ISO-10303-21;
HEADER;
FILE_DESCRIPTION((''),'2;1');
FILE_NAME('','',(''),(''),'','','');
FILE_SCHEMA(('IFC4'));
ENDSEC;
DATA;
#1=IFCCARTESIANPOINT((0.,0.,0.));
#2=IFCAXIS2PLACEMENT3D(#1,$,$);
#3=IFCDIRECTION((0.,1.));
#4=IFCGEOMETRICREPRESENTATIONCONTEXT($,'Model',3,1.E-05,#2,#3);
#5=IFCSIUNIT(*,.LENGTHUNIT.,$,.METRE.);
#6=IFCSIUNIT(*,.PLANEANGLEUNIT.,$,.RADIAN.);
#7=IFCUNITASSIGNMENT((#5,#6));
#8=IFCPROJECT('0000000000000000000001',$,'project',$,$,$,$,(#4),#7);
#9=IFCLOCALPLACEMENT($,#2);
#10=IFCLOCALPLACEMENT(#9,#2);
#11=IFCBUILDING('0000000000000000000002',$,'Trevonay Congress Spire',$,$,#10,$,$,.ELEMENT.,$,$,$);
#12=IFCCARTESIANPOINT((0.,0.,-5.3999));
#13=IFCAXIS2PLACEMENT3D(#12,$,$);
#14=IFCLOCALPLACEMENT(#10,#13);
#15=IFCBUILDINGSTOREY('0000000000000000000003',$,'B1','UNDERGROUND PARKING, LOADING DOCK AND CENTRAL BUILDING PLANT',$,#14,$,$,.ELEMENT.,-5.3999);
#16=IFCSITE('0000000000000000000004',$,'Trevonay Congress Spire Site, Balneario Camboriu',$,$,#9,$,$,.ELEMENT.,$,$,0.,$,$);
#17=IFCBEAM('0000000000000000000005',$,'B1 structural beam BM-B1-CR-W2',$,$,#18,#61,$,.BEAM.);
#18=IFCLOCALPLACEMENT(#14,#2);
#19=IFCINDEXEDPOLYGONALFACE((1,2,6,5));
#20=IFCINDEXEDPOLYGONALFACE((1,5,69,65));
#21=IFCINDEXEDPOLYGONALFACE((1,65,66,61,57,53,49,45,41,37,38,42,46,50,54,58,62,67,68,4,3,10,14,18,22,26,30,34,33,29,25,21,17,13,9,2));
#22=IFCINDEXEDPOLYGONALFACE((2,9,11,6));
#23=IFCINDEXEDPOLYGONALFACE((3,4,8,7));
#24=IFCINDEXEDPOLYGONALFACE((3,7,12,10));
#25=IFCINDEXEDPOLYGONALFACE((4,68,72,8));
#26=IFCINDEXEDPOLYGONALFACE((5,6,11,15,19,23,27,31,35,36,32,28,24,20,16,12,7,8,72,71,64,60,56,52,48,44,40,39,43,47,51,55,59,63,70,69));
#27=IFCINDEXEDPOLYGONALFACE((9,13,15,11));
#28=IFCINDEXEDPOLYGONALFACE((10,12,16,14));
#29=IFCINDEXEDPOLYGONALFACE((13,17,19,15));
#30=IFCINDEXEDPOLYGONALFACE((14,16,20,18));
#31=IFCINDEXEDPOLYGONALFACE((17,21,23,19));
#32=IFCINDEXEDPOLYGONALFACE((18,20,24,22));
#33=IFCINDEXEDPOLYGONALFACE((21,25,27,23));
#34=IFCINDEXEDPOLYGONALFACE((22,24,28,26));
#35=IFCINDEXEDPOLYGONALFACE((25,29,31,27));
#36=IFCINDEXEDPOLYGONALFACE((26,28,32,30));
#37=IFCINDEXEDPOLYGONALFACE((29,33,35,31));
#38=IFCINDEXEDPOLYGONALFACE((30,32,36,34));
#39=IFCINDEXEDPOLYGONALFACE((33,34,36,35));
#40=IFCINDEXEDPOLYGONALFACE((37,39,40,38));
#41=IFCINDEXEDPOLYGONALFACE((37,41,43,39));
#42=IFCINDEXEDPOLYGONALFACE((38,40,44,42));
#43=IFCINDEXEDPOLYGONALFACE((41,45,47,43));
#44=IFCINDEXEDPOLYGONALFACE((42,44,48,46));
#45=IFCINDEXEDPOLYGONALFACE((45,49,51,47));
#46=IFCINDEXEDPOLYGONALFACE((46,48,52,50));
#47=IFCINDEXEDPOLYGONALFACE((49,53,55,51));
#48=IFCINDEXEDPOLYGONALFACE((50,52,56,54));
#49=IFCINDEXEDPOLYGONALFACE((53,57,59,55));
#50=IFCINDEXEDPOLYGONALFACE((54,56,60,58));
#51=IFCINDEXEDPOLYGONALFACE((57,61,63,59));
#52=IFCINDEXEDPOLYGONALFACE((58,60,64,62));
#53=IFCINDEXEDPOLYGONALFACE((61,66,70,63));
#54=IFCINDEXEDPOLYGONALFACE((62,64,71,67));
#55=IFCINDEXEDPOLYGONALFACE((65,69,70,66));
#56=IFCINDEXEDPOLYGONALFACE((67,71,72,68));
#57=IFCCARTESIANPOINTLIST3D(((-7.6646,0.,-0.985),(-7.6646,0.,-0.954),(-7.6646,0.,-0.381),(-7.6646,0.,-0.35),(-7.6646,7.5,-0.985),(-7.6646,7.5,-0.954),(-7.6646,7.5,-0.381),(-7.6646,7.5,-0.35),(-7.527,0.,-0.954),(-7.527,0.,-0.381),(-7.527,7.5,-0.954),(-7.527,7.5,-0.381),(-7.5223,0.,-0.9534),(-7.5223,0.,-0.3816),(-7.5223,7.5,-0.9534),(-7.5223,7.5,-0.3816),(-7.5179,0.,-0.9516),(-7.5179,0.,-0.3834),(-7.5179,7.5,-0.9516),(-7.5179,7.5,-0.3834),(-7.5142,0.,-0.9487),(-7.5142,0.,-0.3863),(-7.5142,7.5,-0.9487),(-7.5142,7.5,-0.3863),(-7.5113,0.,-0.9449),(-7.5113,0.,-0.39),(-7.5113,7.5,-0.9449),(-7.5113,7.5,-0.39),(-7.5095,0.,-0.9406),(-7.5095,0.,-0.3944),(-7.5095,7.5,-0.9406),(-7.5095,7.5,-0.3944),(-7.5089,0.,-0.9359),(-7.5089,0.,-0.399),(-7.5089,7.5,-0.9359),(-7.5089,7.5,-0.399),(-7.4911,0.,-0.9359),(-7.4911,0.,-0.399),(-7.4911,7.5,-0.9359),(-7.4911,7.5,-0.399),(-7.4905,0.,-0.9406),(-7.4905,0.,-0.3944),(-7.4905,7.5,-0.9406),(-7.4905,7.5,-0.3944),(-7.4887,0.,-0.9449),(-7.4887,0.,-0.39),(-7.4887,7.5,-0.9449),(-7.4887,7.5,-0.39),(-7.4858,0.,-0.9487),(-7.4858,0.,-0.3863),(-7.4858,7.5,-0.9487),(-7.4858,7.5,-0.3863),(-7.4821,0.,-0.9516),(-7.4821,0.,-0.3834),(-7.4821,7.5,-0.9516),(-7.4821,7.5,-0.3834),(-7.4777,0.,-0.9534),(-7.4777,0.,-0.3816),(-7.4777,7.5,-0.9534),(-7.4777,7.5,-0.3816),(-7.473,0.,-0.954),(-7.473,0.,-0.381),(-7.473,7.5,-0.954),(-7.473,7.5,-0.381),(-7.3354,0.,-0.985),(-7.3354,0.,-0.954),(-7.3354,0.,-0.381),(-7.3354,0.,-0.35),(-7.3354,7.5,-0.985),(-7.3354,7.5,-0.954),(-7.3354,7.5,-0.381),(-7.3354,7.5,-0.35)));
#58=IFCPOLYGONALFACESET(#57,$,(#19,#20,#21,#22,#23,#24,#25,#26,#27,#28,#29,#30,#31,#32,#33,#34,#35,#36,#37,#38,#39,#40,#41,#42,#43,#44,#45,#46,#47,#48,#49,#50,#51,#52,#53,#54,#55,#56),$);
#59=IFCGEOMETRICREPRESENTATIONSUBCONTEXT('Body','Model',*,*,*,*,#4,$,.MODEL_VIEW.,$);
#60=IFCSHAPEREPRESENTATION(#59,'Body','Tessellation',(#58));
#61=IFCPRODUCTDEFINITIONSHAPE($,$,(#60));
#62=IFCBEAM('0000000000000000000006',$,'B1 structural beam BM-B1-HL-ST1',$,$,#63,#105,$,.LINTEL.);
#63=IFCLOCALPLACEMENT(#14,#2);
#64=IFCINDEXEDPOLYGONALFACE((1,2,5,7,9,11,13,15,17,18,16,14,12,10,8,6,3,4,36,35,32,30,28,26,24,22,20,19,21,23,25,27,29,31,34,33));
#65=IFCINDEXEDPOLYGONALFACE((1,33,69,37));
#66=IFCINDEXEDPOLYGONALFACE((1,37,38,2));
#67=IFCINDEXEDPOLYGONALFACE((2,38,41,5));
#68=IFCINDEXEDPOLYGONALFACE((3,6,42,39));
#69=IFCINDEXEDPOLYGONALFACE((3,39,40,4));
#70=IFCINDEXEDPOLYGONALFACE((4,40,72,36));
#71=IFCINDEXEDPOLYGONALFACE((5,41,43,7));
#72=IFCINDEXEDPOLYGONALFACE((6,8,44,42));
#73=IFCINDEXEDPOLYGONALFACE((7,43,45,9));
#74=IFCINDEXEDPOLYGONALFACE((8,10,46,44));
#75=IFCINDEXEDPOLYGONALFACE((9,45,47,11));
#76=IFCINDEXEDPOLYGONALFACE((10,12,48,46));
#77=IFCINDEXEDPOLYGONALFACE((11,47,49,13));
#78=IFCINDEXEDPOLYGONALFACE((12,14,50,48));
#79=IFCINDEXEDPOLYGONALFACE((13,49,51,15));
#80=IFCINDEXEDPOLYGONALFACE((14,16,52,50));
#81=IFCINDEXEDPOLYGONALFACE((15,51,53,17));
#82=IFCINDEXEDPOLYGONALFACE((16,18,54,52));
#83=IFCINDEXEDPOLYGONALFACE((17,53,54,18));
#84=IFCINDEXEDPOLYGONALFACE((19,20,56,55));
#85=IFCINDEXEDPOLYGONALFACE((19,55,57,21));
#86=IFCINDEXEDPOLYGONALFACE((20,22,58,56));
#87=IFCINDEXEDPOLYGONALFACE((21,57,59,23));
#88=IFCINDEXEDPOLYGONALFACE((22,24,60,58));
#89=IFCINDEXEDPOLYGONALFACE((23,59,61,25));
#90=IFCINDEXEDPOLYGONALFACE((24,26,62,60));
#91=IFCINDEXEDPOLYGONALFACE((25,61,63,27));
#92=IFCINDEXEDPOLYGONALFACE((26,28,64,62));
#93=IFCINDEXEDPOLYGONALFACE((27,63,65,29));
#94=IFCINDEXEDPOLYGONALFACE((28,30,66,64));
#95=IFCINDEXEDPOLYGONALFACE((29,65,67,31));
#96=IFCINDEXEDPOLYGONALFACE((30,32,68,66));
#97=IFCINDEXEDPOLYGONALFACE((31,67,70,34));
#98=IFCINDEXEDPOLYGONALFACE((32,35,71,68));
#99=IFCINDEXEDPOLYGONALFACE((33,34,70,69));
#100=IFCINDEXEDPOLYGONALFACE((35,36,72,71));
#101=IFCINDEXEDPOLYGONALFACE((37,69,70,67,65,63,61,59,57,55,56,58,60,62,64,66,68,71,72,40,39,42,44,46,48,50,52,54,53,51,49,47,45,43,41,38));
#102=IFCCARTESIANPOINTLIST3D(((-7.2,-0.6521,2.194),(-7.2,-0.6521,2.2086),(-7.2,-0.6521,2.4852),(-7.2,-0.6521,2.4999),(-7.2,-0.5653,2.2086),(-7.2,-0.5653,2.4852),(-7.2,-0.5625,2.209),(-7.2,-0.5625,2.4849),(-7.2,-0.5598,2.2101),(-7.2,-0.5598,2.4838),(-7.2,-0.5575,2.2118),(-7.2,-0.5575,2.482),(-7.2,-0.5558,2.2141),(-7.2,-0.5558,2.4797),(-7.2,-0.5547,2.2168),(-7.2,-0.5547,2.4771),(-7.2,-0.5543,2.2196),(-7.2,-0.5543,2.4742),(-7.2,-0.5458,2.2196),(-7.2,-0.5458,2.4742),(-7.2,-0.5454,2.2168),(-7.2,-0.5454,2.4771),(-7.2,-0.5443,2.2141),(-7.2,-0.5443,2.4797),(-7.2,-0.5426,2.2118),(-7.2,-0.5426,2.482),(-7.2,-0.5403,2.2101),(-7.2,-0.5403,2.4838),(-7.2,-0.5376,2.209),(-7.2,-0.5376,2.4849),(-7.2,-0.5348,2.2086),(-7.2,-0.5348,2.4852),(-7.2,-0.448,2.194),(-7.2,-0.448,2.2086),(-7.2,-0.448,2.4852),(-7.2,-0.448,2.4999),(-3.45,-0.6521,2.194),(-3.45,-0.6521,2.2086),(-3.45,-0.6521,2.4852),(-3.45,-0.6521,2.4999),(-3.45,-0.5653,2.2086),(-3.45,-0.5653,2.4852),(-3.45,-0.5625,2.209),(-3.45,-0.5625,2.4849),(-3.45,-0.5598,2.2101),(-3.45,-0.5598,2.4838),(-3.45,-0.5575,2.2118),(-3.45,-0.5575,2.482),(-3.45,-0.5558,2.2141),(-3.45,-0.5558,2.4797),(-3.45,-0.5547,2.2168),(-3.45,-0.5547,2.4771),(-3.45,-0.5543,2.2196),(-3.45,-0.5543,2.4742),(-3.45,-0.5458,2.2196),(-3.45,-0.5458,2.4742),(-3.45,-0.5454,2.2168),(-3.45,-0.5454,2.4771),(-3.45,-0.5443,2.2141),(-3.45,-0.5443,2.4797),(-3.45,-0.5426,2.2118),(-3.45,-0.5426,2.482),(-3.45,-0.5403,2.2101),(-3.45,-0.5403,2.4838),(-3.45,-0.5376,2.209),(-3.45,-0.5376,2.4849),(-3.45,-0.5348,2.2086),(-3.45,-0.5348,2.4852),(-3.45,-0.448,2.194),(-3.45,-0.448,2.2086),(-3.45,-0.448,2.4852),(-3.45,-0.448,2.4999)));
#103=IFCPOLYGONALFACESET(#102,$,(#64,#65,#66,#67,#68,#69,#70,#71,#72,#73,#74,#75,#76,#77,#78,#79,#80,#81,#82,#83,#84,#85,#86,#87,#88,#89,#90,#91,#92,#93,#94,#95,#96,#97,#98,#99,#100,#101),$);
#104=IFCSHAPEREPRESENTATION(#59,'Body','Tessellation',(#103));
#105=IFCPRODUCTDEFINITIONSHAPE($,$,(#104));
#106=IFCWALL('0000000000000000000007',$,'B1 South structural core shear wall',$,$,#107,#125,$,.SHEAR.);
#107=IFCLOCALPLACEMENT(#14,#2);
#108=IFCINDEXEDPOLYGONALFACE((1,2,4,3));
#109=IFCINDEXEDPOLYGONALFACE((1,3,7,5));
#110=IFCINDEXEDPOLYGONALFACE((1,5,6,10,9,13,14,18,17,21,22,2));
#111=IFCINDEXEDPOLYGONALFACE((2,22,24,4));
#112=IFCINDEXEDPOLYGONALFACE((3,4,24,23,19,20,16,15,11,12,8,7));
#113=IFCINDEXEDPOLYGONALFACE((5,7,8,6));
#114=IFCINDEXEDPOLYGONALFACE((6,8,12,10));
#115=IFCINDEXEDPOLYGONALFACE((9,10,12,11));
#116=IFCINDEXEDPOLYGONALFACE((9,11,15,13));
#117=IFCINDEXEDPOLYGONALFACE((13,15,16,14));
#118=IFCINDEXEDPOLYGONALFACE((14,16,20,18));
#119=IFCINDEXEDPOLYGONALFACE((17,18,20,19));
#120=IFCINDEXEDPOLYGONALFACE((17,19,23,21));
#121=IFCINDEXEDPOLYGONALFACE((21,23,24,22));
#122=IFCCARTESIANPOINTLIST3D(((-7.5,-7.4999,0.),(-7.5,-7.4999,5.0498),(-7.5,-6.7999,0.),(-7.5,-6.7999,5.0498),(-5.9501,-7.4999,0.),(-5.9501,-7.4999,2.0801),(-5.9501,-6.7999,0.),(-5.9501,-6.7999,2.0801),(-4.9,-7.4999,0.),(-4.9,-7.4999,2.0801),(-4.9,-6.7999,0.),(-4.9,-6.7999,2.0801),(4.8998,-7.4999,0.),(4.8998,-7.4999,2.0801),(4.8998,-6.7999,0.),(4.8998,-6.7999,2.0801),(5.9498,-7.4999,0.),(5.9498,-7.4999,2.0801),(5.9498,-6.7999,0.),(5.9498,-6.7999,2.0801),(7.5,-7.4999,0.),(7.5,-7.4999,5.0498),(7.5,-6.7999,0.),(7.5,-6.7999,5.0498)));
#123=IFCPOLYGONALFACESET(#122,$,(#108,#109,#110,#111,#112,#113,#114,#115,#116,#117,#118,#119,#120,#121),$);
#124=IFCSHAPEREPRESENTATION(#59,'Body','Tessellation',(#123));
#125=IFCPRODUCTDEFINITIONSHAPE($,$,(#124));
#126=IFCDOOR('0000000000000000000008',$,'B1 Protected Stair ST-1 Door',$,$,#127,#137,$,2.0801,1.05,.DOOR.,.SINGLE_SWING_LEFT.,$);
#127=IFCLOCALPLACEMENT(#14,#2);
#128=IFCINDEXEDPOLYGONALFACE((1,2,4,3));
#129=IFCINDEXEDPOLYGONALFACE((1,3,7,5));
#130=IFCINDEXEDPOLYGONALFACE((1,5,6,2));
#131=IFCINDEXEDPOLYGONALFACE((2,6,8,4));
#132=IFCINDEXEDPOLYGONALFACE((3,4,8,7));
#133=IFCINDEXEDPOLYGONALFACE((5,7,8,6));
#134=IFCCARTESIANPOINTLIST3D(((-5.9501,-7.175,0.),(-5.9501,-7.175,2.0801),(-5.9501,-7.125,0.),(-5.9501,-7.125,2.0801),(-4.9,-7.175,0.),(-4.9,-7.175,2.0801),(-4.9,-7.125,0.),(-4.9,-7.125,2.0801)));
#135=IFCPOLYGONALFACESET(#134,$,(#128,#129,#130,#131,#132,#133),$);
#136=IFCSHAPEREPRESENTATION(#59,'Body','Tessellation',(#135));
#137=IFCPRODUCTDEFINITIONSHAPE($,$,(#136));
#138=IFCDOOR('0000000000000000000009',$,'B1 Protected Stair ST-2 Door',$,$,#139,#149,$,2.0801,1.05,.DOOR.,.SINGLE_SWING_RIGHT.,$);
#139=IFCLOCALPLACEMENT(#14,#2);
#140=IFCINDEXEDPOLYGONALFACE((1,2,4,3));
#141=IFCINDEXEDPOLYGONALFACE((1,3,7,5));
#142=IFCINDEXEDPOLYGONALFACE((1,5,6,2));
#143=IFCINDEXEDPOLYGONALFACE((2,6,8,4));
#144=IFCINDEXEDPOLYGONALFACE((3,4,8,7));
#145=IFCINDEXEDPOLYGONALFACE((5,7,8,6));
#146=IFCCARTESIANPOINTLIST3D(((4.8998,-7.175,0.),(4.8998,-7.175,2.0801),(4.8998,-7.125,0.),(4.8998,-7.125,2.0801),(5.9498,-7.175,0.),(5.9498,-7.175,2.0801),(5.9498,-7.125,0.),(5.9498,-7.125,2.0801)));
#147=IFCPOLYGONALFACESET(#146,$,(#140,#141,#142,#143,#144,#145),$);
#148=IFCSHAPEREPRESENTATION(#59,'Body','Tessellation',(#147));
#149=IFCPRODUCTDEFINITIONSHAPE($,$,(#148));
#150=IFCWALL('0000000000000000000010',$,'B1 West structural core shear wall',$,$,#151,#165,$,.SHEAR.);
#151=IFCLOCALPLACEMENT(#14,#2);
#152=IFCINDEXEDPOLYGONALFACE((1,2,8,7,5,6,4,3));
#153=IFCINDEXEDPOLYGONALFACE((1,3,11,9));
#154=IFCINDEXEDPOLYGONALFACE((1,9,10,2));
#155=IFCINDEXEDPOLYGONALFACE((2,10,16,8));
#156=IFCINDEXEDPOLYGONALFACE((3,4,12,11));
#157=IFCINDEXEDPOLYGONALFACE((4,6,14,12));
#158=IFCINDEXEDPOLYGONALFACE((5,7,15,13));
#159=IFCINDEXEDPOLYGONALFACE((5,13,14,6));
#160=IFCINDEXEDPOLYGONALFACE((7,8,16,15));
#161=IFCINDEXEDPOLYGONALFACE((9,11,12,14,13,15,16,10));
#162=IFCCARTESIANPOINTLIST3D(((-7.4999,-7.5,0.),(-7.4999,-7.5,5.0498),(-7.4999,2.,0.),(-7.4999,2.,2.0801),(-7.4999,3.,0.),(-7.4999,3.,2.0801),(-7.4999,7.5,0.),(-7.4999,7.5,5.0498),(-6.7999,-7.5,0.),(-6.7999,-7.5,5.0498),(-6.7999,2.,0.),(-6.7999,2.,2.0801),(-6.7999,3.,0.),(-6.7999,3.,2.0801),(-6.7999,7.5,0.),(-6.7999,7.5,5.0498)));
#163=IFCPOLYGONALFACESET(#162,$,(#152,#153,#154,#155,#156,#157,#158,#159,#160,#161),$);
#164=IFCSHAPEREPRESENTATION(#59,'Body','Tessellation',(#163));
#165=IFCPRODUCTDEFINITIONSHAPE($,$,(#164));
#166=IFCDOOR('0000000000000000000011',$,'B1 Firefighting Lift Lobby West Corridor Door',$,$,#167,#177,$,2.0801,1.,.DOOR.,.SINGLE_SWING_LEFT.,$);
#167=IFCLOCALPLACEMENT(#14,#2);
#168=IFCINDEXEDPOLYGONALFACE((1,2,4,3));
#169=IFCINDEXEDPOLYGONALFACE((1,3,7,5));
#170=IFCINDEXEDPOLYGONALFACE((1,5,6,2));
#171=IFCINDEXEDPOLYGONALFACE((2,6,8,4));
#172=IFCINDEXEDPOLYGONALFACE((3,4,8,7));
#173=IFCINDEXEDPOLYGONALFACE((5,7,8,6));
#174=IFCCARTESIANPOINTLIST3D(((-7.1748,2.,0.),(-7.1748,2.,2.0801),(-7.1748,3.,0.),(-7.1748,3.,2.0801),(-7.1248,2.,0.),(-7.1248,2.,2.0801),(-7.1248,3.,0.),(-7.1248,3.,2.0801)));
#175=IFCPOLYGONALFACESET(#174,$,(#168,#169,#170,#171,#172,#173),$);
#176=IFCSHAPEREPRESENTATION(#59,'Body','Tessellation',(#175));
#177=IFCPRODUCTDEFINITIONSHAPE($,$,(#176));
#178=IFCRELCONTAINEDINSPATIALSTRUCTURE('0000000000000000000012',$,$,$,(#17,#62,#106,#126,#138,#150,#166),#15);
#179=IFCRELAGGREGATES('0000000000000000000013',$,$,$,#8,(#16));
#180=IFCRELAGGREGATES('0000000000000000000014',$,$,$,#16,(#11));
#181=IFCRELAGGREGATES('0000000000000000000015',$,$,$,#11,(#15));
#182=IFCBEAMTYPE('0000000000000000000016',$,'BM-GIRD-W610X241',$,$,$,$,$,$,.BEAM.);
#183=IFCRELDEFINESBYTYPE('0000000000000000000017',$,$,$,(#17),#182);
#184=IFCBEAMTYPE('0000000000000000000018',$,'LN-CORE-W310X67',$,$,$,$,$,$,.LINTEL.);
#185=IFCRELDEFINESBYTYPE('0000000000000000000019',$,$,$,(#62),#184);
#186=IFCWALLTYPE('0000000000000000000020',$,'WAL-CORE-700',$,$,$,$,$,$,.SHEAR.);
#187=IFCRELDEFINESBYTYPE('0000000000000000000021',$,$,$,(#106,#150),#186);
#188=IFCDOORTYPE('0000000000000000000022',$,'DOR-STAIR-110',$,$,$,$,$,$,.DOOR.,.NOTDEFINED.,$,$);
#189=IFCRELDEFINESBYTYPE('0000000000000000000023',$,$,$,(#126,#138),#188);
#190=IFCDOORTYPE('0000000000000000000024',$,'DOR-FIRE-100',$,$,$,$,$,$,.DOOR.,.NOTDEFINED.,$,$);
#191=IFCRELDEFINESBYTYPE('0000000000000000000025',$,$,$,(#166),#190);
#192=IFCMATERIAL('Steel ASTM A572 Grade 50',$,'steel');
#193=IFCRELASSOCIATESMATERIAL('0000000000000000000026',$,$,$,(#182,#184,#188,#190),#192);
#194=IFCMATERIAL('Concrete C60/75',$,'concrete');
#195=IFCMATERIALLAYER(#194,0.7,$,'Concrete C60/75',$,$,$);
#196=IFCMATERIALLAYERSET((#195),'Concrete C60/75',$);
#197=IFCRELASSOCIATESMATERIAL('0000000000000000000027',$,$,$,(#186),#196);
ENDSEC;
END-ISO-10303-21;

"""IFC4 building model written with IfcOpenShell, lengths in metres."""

from ifc_helpers import new_model, si_unit, direction, frame, frame_2d, origin, origin_2d, place, context, subcontext, project, spatial, rectangle, i_section, extrude, material, layer, layer_set, material_profile, profile_set, type_object, element, fill, save


model = new_model("IFC4")

# Units and contexts
model_context = context("Model", 3, precision=1e-05, world=origin(), true_north=direction((0.0, 1.0)))
body_context = subcontext(model_context, "Body", "Model", "MODEL_VIEW")
ifc_project = project(units=[si_unit("LENGTHUNIT", "METRE"), si_unit("PLANEANGLEUNIT", "RADIAN")], contexts=[model_context])

# Site, building, storey
site_placement = place(None, origin())
site = spatial("IfcSite", under=ifc_project, at=site_placement, Name="Trevonay Congress Spire Site, Balneario Camboriu", CompositionType="ELEMENT", RefElevation=0.0)
building_placement = place(site_placement, origin())
building = spatial("IfcBuilding", under=site, at=building_placement, Name="Trevonay Congress Spire", CompositionType="ELEMENT")
storey_placement = place(building_placement, frame((0.0, 0.0, -5.3999)))
storey = spatial("IfcBuildingStorey", under=building, at=storey_placement, Name="B1", Description="UNDERGROUND PARKING, LOADING DOCK AND CENTRAL BUILDING PLANT", CompositionType="ELEMENT", Elevation=-5.3999)

# Shared definitions
ifc_material_1 = material(Name="Steel ASTM A572 Grade 50", Category="steel")

# Beams
ifc_material_profile_1 = material_profile(ifc_material_1, i_section(OverallWidth=0.3291, OverallDepth=0.635, WebThickness=0.0178, FlangeThickness=0.031, FilletRadius=0.0181, at=origin_2d()), Name="W610x241")
ifc_profile_set_1 = profile_set([ifc_material_profile_1], Name="Steel ASTM A572 Grade 50")
beam_type_1 = type_object("IfcBeamType", Name="BM-GIRD-W610X241", PredefinedType="BEAM", material=ifc_profile_set_1)
beam_1_placement = place(storey_placement, frame((-7.5, 0.0, -0.6675), z_axis=(0.0, 1.0, 0.0), x_axis=(-1.0, 0.0, 0.0)))
element("IfcBeam", 1, at=beam_1_placement, inside=storey, type_object=beam_type_1, Name="B1 structural beam BM-B1-CR-W2", PredefinedType="BEAM", context=body_context, shape_type="SweptSolid", body=[
    extrude(i_section(OverallWidth=0.3291, OverallDepth=0.635, WebThickness=0.0178, FlangeThickness=0.031, FilletRadius=0.0181, at=origin_2d()), origin(), (0.0, 0.0, 1.0), 7.5),
])
ifc_material_profile_2 = material_profile(ifc_material_1, i_section(OverallWidth=0.2041, OverallDepth=0.3059, WebThickness=0.0085, FlangeThickness=0.0146, FilletRadius=0.011, at=origin_2d()), Name="W310x67")
ifc_profile_set_2 = profile_set([ifc_material_profile_2], Name="Steel ASTM A572 Grade 50")
beam_type_2 = type_object("IfcBeamType", Name="LN-CORE-W310X67", PredefinedType="LINTEL", material=ifc_profile_set_2)
beam_2_placement = place(storey_placement, frame((-7.2, -0.55, 2.3469), z_axis=(1.0, 0.0, 0.0), x_axis=(0.0, 1.0, 0.0)))
element("IfcBeam", 2, at=beam_2_placement, inside=storey, type_object=beam_type_2, Name="B1 structural beam BM-B1-HL-ST1", PredefinedType="LINTEL", context=body_context, shape_type="SweptSolid", body=[
    extrude(i_section(OverallWidth=0.2041, OverallDepth=0.3059, WebThickness=0.0085, FlangeThickness=0.0146, FilletRadius=0.011, at=origin_2d()), origin(), (0.0, 0.0, 1.0), 3.75),
])

# Wall, openings, doors
ifc_material_2 = material(Name="Concrete C60/75", Category="concrete")
ifc_layer_1 = layer(ifc_material_2, 0.7, Name="Concrete C60/75")
ifc_layer_set_1 = layer_set([ifc_layer_1], Name="Concrete C60/75")
wall_type_1 = type_object("IfcWallType", Name="WAL-CORE-700", PredefinedType="SHEAR", material=ifc_layer_set_1)
wall_1_placement = place(storey_placement, frame((-7.5, -7.1499, 0.0), z_axis=(0.0, 0.0, 1.0), x_axis=(1.0, 0.0, 0.0)))
wall_1 = element("IfcWall", 3, at=wall_1_placement, inside=storey, type_object=wall_type_1, Name="B1 South structural core shear wall", PredefinedType="SHEAR", context=body_context, shape_type="SweptSolid", body=[
    extrude(rectangle(XDim=15.0, YDim=0.7, at=frame_2d((7.5, 0.0))), origin(), (0.0, 0.0, 1.0), 5.0498),
])
opening_1_placement = place(wall_1_placement, frame((1.55, 0.0, 0.0)))
opening_1 = element("IfcOpeningElement", 4, at=opening_1_placement, cuts=wall_1, PredefinedType="OPENING", context=body_context, shape_type="SweptSolid", body=[
    extrude(rectangle(XDim=1.05, YDim=2.0801, at=frame_2d((0.5249, 1.04))), frame((0.0, 0.3599, 0.0), z_axis=(0.0, -1.0, 0.0), x_axis=(1.0, 0.0, 0.0)), (0.0, 0.0, 1.0), 0.72),
])
opening_2_placement = place(wall_1_placement, frame((12.3999, 0.0, 0.0)))
opening_2 = element("IfcOpeningElement", 5, at=opening_2_placement, cuts=wall_1, PredefinedType="OPENING", context=body_context, shape_type="SweptSolid", body=[
    extrude(rectangle(XDim=1.05, YDim=2.0801, at=frame_2d((0.5249, 1.04))), frame((0.0, 0.3599, 0.0), z_axis=(0.0, -1.0, 0.0), x_axis=(1.0, 0.0, 0.0)), (0.0, 0.0, 1.0), 0.72),
])
door_type_1 = type_object("IfcDoorType", Name="DOR-STAIR-110", OperationType="NOTDEFINED", PredefinedType="DOOR", material=ifc_material_1)
door_1_placement = place(opening_1_placement, origin())
door_1 = element("IfcDoor", 6, at=door_1_placement, inside=storey, type_object=door_type_1, Name="B1 Protected Stair ST-1 Door", OperationType="SINGLE_SWING_LEFT", OverallHeight=2.0801, OverallWidth=1.05, PredefinedType="DOOR", context=body_context, shape_type="SweptSolid", body=[
    extrude(rectangle(XDim=1.05, YDim=2.0801, at=frame_2d((0.5249, 1.04))), frame((0.0, 0.0249, 0.0), z_axis=(0.0, -1.0, 0.0), x_axis=(1.0, 0.0, 0.0)), (0.0, 0.0, 1.0), 0.05),
])
fill(opening_1, door_1)
door_2_placement = place(opening_2_placement, origin())
door_2 = element("IfcDoor", 7, at=door_2_placement, inside=storey, type_object=door_type_1, Name="B1 Protected Stair ST-2 Door", OperationType="SINGLE_SWING_RIGHT", OverallHeight=2.0801, OverallWidth=1.05, PredefinedType="DOOR", context=body_context, shape_type="SweptSolid", body=[
    extrude(rectangle(XDim=1.05, YDim=2.0801, at=frame_2d((0.5249, 1.04))), frame((0.0, 0.0249, 0.0), z_axis=(0.0, -1.0, 0.0), x_axis=(1.0, 0.0, 0.0)), (0.0, 0.0, 1.0), 0.05),
])
fill(opening_2, door_2)

# Wall, opening, door
wall_2_placement = place(storey_placement, frame((-7.1499, -7.5, 0.0), z_axis=(0.0, 0.0, 1.0), x_axis=(0.0, 1.0, 0.0)))
wall_2 = element("IfcWall", 8, at=wall_2_placement, inside=storey, type_object=wall_type_1, Name="B1 West structural core shear wall", PredefinedType="SHEAR", context=body_context, shape_type="SweptSolid", body=[
    extrude(rectangle(XDim=15.0, YDim=0.7, at=frame_2d((7.5, 0.0))), origin(), (0.0, 0.0, 1.0), 5.0498),
])
opening_3_placement = place(wall_2_placement, frame((9.5, 0.0, 0.0)))
opening_3 = element("IfcOpeningElement", 9, at=opening_3_placement, cuts=wall_2, PredefinedType="OPENING", context=body_context, shape_type="SweptSolid", body=[
    extrude(rectangle(XDim=1.0, YDim=2.0801, at=frame_2d((0.5, 1.04))), frame((0.0, 0.3599, 0.0), z_axis=(0.0, -1.0, 0.0), x_axis=(1.0, 0.0, 0.0)), (0.0, 0.0, 1.0), 0.72),
])
door_type_2 = type_object("IfcDoorType", Name="DOR-FIRE-100", OperationType="NOTDEFINED", PredefinedType="DOOR", material=ifc_material_1)
door_3_placement = place(opening_3_placement, origin())
door_3 = element("IfcDoor", 10, at=door_3_placement, inside=storey, type_object=door_type_2, Name="B1 Firefighting Lift Lobby West Corridor Door", OperationType="SINGLE_SWING_LEFT", OverallHeight=2.0801, OverallWidth=1.0, PredefinedType="DOOR", context=body_context, shape_type="SweptSolid", body=[
    extrude(rectangle(XDim=1.0, YDim=2.0801, at=frame_2d((0.5, 1.04))), frame((0.0, 0.0249, 0.0), z_axis=(0.0, -1.0, 0.0), x_axis=(1.0, 0.0, 0.0)), (0.0, 0.0, 1.0), 0.05),
])
fill(opening_3, door_3)

save(model, "model.ifc")
